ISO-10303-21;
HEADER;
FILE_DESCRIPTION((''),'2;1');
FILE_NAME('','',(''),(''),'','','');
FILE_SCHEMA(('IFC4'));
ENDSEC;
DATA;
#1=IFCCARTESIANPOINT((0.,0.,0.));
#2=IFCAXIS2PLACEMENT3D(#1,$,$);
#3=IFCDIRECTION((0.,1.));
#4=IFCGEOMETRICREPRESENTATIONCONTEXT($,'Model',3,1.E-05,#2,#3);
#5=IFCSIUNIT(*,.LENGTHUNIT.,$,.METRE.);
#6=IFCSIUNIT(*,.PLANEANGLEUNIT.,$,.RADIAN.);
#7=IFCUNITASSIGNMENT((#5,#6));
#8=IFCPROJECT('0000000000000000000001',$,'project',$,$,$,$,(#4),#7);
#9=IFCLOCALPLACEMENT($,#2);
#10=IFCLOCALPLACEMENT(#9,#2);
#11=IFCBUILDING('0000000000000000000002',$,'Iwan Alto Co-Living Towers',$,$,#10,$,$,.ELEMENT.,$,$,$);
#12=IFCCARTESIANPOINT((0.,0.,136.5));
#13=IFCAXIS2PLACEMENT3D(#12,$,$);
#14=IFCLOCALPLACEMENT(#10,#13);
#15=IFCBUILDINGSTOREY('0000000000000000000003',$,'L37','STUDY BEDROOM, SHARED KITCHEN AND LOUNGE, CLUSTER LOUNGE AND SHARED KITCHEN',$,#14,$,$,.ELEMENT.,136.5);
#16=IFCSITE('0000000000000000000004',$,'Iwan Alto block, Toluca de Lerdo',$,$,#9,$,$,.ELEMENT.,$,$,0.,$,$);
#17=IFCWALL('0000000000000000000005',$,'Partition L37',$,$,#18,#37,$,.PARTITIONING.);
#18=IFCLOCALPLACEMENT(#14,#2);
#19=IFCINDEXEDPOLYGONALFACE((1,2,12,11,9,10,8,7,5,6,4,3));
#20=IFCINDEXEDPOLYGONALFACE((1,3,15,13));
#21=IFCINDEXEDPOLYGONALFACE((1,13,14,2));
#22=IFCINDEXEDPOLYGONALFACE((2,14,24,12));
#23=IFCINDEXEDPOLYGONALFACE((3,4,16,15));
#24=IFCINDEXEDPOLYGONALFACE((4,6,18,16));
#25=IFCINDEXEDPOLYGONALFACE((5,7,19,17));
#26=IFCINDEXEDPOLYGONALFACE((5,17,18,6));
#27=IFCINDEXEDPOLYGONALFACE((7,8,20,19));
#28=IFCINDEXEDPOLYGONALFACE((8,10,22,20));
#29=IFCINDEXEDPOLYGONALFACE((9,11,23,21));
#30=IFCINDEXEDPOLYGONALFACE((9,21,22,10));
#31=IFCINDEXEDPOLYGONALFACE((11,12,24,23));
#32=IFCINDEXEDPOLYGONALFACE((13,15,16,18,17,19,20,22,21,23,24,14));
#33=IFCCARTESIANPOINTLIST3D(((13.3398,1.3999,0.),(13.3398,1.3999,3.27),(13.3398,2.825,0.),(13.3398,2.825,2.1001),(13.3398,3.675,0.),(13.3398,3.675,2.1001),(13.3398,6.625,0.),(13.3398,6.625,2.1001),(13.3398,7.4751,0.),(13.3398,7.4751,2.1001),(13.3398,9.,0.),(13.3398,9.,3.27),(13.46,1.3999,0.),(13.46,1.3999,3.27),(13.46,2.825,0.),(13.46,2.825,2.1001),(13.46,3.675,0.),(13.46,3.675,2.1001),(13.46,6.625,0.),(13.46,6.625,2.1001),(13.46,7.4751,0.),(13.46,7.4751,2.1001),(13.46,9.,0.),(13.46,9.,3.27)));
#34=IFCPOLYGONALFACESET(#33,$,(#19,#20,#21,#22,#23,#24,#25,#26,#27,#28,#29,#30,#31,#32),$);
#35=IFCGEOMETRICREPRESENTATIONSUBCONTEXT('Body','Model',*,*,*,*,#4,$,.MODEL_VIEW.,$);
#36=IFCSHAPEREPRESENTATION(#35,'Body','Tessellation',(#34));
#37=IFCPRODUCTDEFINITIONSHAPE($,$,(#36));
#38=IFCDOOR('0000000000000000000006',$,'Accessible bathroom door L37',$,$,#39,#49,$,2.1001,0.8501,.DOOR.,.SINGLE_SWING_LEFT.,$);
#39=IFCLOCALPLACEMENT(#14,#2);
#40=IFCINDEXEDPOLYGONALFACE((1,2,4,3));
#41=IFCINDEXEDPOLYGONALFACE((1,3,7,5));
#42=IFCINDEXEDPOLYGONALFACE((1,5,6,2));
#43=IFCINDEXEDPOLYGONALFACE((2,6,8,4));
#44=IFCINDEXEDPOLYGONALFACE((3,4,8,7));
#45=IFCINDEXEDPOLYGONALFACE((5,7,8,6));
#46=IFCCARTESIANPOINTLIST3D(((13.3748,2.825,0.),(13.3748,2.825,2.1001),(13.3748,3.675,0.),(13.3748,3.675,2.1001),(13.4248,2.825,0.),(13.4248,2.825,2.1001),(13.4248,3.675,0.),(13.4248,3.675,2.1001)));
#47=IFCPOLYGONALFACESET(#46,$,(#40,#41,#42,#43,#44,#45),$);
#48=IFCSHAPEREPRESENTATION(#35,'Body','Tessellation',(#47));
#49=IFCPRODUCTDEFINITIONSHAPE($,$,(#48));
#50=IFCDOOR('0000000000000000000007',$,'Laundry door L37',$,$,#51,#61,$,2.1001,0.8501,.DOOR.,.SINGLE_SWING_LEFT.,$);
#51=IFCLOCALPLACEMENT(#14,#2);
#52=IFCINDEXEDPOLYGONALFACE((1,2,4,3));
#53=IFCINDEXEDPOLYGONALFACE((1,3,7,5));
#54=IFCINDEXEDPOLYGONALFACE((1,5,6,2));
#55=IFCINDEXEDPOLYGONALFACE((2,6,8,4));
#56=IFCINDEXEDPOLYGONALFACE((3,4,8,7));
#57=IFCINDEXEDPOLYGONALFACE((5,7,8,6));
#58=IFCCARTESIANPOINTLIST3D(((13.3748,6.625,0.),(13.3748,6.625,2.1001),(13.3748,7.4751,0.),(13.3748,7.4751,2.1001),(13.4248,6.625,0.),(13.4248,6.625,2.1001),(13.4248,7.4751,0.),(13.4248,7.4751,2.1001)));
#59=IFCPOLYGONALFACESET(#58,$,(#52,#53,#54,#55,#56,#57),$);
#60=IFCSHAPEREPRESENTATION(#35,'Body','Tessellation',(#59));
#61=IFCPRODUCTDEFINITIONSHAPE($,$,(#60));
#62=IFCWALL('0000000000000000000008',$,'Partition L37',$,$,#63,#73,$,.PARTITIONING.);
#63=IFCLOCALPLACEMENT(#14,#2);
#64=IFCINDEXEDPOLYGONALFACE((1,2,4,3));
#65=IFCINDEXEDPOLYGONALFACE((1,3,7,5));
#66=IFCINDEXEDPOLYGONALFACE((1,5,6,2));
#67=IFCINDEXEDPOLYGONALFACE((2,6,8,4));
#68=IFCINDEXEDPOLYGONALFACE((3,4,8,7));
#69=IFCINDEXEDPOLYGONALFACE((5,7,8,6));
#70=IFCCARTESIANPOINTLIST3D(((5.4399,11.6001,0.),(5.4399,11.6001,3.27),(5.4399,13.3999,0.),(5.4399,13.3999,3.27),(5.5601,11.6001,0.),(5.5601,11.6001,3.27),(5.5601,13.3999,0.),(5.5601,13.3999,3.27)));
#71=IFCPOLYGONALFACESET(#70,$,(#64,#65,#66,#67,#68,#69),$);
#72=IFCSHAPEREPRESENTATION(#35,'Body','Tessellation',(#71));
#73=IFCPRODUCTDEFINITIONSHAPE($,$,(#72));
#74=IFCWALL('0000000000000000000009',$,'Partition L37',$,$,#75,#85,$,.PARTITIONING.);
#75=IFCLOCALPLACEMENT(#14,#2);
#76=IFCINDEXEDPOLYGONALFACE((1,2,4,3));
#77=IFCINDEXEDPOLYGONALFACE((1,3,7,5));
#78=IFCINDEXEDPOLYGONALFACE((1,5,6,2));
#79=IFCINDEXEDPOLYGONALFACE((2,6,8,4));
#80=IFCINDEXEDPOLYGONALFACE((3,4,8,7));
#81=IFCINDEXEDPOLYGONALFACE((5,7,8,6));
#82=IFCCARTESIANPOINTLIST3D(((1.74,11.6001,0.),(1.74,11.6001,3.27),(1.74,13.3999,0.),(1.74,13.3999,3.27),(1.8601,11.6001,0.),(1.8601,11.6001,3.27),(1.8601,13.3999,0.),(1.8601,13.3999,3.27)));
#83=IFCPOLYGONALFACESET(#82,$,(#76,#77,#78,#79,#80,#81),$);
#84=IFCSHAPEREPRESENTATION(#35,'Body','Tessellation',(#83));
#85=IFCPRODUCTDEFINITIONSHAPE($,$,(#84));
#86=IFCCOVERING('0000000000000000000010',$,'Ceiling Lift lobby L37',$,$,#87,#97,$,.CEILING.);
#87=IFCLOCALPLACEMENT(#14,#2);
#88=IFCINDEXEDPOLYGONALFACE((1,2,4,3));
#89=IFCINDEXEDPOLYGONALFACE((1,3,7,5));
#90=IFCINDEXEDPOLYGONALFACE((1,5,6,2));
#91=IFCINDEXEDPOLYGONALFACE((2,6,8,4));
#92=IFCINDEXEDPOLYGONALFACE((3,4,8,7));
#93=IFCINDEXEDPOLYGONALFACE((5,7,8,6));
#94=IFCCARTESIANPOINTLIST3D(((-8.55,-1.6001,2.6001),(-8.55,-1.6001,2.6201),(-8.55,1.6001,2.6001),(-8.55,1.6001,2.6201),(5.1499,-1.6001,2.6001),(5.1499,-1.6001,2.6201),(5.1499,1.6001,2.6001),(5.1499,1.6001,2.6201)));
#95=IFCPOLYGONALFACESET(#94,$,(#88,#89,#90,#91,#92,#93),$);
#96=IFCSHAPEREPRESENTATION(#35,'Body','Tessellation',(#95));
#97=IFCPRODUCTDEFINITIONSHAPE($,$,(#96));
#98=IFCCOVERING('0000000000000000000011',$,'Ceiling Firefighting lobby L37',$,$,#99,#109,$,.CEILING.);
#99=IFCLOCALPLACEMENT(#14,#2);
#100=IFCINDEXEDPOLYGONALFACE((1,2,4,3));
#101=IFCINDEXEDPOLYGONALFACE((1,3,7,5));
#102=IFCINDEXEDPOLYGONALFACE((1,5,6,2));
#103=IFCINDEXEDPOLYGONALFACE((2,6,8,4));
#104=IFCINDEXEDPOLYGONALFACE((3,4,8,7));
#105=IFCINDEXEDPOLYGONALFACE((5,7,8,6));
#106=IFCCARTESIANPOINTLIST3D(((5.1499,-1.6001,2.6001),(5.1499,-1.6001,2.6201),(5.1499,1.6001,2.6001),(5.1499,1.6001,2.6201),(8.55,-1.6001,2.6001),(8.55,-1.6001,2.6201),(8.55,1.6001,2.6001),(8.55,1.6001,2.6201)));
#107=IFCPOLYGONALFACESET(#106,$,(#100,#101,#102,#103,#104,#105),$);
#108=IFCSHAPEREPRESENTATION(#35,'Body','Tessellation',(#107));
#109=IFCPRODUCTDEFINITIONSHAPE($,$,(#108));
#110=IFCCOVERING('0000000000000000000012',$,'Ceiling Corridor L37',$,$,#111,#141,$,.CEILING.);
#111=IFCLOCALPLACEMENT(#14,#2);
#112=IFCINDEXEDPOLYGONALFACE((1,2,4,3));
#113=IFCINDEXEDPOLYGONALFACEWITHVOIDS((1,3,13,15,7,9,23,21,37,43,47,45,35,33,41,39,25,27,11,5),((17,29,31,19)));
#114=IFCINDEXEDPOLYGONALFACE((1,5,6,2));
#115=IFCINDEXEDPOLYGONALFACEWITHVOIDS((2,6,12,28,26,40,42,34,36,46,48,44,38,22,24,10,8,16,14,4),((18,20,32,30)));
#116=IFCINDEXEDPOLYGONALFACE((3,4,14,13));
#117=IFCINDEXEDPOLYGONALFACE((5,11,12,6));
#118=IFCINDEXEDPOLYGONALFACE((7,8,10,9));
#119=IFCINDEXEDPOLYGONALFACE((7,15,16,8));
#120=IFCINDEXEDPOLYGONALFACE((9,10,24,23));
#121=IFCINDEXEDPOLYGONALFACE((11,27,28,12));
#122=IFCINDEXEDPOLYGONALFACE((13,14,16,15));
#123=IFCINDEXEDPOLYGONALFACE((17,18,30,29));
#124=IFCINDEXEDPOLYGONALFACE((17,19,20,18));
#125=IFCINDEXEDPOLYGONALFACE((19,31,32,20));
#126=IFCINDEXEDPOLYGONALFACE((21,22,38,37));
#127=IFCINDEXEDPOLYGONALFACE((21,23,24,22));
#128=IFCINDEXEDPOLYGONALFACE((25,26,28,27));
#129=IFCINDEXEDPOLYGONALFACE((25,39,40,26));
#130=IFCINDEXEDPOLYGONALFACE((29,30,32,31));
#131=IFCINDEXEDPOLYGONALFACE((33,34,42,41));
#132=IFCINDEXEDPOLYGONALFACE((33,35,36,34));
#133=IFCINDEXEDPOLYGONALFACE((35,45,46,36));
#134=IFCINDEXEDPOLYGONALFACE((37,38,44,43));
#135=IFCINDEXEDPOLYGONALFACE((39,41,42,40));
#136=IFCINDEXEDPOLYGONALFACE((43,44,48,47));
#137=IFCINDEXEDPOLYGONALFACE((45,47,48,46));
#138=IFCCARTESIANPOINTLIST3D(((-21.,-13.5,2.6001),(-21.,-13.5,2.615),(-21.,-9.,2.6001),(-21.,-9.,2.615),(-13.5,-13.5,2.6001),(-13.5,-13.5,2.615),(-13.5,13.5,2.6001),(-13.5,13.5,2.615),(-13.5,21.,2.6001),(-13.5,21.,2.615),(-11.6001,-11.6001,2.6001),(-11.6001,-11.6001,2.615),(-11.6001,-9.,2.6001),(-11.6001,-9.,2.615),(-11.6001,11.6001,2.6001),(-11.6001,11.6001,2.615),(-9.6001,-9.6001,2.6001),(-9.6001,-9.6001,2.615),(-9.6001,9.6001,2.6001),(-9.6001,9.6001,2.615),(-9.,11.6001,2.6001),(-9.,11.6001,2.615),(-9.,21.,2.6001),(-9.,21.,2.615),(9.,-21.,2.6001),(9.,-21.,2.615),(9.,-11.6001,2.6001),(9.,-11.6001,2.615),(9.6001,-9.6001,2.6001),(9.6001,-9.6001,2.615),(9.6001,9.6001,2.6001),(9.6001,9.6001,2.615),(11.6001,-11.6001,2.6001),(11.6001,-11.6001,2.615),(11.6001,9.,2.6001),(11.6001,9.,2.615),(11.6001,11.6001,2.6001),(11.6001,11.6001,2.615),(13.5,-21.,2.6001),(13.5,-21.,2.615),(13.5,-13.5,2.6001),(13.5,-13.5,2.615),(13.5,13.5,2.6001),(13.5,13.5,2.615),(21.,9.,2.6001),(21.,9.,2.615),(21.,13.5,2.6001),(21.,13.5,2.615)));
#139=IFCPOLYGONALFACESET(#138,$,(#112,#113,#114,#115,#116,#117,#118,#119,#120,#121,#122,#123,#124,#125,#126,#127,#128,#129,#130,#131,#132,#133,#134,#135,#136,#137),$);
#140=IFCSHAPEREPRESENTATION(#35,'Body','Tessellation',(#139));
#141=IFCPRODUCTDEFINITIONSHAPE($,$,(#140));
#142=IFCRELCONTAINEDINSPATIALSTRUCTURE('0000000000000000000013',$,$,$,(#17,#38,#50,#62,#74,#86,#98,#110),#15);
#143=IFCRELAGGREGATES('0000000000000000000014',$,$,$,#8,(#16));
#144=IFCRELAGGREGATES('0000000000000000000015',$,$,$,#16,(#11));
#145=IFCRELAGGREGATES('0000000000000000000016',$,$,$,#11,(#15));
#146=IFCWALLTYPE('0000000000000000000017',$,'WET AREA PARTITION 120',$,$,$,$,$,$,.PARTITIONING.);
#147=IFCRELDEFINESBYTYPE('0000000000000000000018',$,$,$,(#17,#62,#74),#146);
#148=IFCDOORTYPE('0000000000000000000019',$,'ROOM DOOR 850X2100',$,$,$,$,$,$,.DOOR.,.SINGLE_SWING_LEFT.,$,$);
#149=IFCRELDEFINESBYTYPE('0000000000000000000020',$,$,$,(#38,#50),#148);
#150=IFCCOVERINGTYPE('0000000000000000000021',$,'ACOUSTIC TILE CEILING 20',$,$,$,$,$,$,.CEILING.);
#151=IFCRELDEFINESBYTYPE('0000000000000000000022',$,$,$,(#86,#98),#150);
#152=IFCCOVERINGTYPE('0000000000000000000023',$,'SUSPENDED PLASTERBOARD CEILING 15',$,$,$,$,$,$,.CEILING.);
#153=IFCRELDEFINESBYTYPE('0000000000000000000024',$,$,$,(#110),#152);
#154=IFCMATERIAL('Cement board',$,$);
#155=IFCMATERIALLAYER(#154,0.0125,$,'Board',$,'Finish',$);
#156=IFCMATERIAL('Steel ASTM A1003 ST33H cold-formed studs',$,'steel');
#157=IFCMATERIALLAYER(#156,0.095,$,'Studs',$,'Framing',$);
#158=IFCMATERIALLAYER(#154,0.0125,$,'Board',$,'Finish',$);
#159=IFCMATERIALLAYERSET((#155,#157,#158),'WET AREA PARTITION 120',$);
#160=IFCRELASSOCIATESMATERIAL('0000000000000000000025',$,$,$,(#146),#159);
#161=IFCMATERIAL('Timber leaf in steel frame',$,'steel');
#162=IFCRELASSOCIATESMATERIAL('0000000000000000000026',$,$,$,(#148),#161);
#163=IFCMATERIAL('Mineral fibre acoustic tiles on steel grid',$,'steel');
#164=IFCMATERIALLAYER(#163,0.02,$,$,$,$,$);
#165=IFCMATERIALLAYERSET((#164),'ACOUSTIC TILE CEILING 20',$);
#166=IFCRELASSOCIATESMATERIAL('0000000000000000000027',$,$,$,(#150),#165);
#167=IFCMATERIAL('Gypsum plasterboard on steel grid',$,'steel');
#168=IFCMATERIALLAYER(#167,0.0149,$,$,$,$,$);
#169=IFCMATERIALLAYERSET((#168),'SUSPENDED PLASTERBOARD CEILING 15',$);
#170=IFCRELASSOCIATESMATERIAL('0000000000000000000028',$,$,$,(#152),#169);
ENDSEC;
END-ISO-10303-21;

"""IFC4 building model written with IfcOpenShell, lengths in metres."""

from ifc_helpers import new_model, si_unit, direction, frame, frame_2d, origin, place, context, subcontext, project, spatial, polyline, rectangle, outline, extrude, material, layer, layer_set, type_object, element, fill, save


model = new_model("IFC4")

# Units and contexts
model_context = context("Model", 3, precision=1e-05, world=origin(), true_north=direction((0.0, 1.0)))
body_context = subcontext(model_context, "Body", "Model", "MODEL_VIEW")
ifc_project = project(units=[si_unit("LENGTHUNIT", "METRE"), si_unit("PLANEANGLEUNIT", "RADIAN")], contexts=[model_context])

# Site, building, storey
site_placement = place(None, origin())
site = spatial("IfcSite", under=ifc_project, at=site_placement, Name="Iwan Alto block, Toluca de Lerdo", CompositionType="ELEMENT", RefElevation=0.0)
building_placement = place(site_placement, origin())
building = spatial("IfcBuilding", under=site, at=building_placement, Name="Iwan Alto Co-Living Towers", CompositionType="ELEMENT")
storey_placement = place(building_placement, frame((0.0, 0.0, 136.5)))
storey = spatial("IfcBuildingStorey", under=building, at=storey_placement, Name="L37", Description="STUDY BEDROOM, SHARED KITCHEN AND LOUNGE, CLUSTER LOUNGE AND SHARED KITCHEN", CompositionType="ELEMENT", Elevation=136.5)

# Shared definitions
ifc_material_1 = material(Name="Steel ASTM A1003 ST33H cold-formed studs", Category="steel")

# Shared definitions
ifc_material_2 = material(Name="Cement board")
ifc_layer_1 = layer(ifc_material_2, 0.0125, Name="Board", Category="Finish")
ifc_layer_2 = layer(ifc_material_1, 0.095, Name="Studs", Category="Framing")
ifc_layer_3 = layer(ifc_material_2, 0.0125, Name="Board", Category="Finish")
ifc_layer_set_1 = layer_set([ifc_layer_1, ifc_layer_2, ifc_layer_3], Name="WET AREA PARTITION 120")
wall_type_1 = type_object("IfcWallType", Name="WET AREA PARTITION 120", PredefinedType="PARTITIONING", material=ifc_layer_set_1)

# Shared definitions
ifc_material_3 = material(Name="Timber leaf in steel frame", Category="steel")
door_type_1 = type_object("IfcDoorType", Name="ROOM DOOR 850X2100", OperationType="SINGLE_SWING_LEFT", PredefinedType="DOOR", material=ifc_material_3)

# Wall, openings, doors
wall_1_placement = place(storey_placement, frame((13.3999, 1.3999, 0.0), z_axis=(0.0, 0.0, 1.0), x_axis=(0.0, 1.0, 0.0)))
wall_1 = element("IfcWall", 1, at=wall_1_placement, inside=storey, type_object=wall_type_1, Name="Partition L37", PredefinedType="PARTITIONING", context=body_context, shape_type="SweptSolid", body=[
    extrude(rectangle(XDim=7.6001, YDim=0.1201, at=frame_2d((3.8, 0.0))), origin(), (0.0, 0.0, 1.0), 3.27),
])
opening_1_placement = place(wall_1_placement, frame((1.425, 0.0, 0.0)))
opening_1 = element("IfcOpeningElement", 2, at=opening_1_placement, cuts=wall_1, PredefinedType="OPENING", context=body_context, shape_type="SweptSolid", body=[
    extrude(rectangle(XDim=0.8501, YDim=2.1001, at=frame_2d((0.425, 1.05))), frame((0.0, 0.0701, 0.0), z_axis=(0.0, -1.0, 0.0), x_axis=(1.0, 0.0, 0.0)), (0.0, 0.0, 1.0), 0.1401),
])
opening_2_placement = place(wall_1_placement, frame((5.2251, 0.0, 0.0)))
opening_2 = element("IfcOpeningElement", 3, at=opening_2_placement, cuts=wall_1, PredefinedType="OPENING", context=body_context, shape_type="SweptSolid", body=[
    extrude(rectangle(XDim=0.8501, YDim=2.1001, at=frame_2d((0.425, 1.05))), frame((0.0, 0.0701, 0.0), z_axis=(0.0, -1.0, 0.0), x_axis=(1.0, 0.0, 0.0)), (0.0, 0.0, 1.0), 0.1401),
])
door_1_placement = place(opening_1_placement, frame((0.8501, 0.0, 0.0), z_axis=(0.0, 0.0, 1.0), x_axis=(-1.0, 0.0, 0.0)))
door_1 = element("IfcDoor", 4, at=door_1_placement, inside=storey, type_object=door_type_1, Name="Accessible bathroom door L37", OperationType="SINGLE_SWING_LEFT", OverallHeight=2.1001, OverallWidth=0.8501, PredefinedType="DOOR", context=body_context, shape_type="SweptSolid", body=[
    extrude(rectangle(XDim=0.8501, YDim=2.1001, at=frame_2d((0.425, 1.05))), frame((0.0, 0.0249, 0.0), z_axis=(0.0, -1.0, 0.0), x_axis=(1.0, 0.0, 0.0)), (0.0, 0.0, 1.0), 0.05),
])
fill(opening_1, door_1)
door_2_placement = place(opening_2_placement, frame((0.8501, 0.0, 0.0), z_axis=(0.0, 0.0, 1.0), x_axis=(-1.0, 0.0, 0.0)))
door_2 = element("IfcDoor", 5, at=door_2_placement, inside=storey, type_object=door_type_1, Name="Laundry door L37", OperationType="SINGLE_SWING_LEFT", OverallHeight=2.1001, OverallWidth=0.8501, PredefinedType="DOOR", context=body_context, shape_type="SweptSolid", body=[
    extrude(rectangle(XDim=0.8501, YDim=2.1001, at=frame_2d((0.425, 1.05))), frame((0.0, 0.0249, 0.0), z_axis=(0.0, -1.0, 0.0), x_axis=(1.0, 0.0, 0.0)), (0.0, 0.0, 1.0), 0.05),
])
fill(opening_2, door_2)

# Walls
for number, where, z_axis, x_axis, name in (
    (6, (5.5, 11.6001, 0.0), (0.0, 0.0, 1.0), (0.0, 1.0, 0.0), "Partition L37"),
    (7, (1.8, 11.6001, 0.0), (0.0, 0.0, 1.0), (0.0, 1.0, 0.0), "Partition L37"),
):
    element("IfcWall", number, at=place(storey_placement, frame(where, z_axis=z_axis, x_axis=x_axis)), inside=storey, type_object=wall_type_1, Name=name, PredefinedType="PARTITIONING", context=body_context, shape_type="SweptSolid", body=[
        extrude(rectangle(XDim=1.7998, YDim=0.1201, at=frame_2d((0.8999, 0.0))), origin(), (0.0, 0.0, 1.0), 3.27),
    ])

# Coverings
ifc_material_4 = material(Name="Mineral fibre acoustic tiles on steel grid", Category="steel")
ifc_layer_4 = layer(ifc_material_4, 0.02)
ifc_layer_set_2 = layer_set([ifc_layer_4], Name="ACOUSTIC TILE CEILING 20")
covering_type_1 = type_object("IfcCoveringType", Name="ACOUSTIC TILE CEILING 20", PredefinedType="CEILING", material=ifc_layer_set_2)
covering_1_placement = place(storey_placement, frame((0.0, 0.0, 2.6001)))
element("IfcCovering", 8, at=covering_1_placement, inside=storey, type_object=covering_type_1, Name="Ceiling Lift lobby L37", PredefinedType="CEILING", context=body_context, shape_type="SweptSolid", body=[
    extrude(outline(polyline([(-8.55, -1.6001), (-8.55, 1.6001), (5.1499, 1.6001), (5.1499, -1.6001), (-8.55, -1.6001)])), origin(), (0.0, 0.0, 1.0), 0.02),
])
covering_2_placement = place(storey_placement, frame((0.0, 0.0, 2.6001)))
element("IfcCovering", 9, at=covering_2_placement, inside=storey, type_object=covering_type_1, Name="Ceiling Firefighting lobby L37", PredefinedType="CEILING", context=body_context, shape_type="SweptSolid", body=[
    extrude(outline(polyline([(5.1499, -1.6001), (5.1499, 1.6001), (8.55, 1.6001), (8.55, -1.6001), (5.1499, -1.6001)])), origin(), (0.0, 0.0, 1.0), 0.02),
])
ifc_material_5 = material(Name="Gypsum plasterboard on steel grid", Category="steel")
ifc_layer_5 = layer(ifc_material_5, 0.0149)
ifc_layer_set_3 = layer_set([ifc_layer_5], Name="SUSPENDED PLASTERBOARD CEILING 15")
covering_type_2 = type_object("IfcCoveringType", Name="SUSPENDED PLASTERBOARD CEILING 15", PredefinedType="CEILING", material=ifc_layer_set_3)
covering_3_placement = place(storey_placement, frame((0.0, 0.0, 2.6001)))
element("IfcCovering", 10, at=covering_3_placement, inside=storey, type_object=covering_type_2, Name="Ceiling Corridor L37", PredefinedType="CEILING", context=body_context, shape_type="SweptSolid", body=[
    extrude(outline(polyline([(13.5, -21.0), (9.0, -21.0), (9.0, -11.6001), (-11.6001, -11.6001), (-13.5, -13.5), (-21.0, -13.5), (-21.0, -9.0), (-11.6001, -9.0), (-11.6001, 11.6001), (-13.5, 13.5), (-13.5, 21.0), (-9.0, 21.0), (-9.0, 11.6001), (11.6001, 11.6001), (13.5, 13.5), (21.0, 13.5), (21.0, 9.0), (11.6001, 9.0), (11.6001, -11.6001), (13.5, -13.5), (13.5, -21.0)]), holes=[polyline([(9.6001, -9.6001), (9.6001, 9.6001), (-9.6001, 9.6001), (-9.6001, -9.6001), (9.6001, -9.6001)])]), origin(), (0.0, 0.0, 1.0), 0.0149),
])

save(model, "model.ifc")
